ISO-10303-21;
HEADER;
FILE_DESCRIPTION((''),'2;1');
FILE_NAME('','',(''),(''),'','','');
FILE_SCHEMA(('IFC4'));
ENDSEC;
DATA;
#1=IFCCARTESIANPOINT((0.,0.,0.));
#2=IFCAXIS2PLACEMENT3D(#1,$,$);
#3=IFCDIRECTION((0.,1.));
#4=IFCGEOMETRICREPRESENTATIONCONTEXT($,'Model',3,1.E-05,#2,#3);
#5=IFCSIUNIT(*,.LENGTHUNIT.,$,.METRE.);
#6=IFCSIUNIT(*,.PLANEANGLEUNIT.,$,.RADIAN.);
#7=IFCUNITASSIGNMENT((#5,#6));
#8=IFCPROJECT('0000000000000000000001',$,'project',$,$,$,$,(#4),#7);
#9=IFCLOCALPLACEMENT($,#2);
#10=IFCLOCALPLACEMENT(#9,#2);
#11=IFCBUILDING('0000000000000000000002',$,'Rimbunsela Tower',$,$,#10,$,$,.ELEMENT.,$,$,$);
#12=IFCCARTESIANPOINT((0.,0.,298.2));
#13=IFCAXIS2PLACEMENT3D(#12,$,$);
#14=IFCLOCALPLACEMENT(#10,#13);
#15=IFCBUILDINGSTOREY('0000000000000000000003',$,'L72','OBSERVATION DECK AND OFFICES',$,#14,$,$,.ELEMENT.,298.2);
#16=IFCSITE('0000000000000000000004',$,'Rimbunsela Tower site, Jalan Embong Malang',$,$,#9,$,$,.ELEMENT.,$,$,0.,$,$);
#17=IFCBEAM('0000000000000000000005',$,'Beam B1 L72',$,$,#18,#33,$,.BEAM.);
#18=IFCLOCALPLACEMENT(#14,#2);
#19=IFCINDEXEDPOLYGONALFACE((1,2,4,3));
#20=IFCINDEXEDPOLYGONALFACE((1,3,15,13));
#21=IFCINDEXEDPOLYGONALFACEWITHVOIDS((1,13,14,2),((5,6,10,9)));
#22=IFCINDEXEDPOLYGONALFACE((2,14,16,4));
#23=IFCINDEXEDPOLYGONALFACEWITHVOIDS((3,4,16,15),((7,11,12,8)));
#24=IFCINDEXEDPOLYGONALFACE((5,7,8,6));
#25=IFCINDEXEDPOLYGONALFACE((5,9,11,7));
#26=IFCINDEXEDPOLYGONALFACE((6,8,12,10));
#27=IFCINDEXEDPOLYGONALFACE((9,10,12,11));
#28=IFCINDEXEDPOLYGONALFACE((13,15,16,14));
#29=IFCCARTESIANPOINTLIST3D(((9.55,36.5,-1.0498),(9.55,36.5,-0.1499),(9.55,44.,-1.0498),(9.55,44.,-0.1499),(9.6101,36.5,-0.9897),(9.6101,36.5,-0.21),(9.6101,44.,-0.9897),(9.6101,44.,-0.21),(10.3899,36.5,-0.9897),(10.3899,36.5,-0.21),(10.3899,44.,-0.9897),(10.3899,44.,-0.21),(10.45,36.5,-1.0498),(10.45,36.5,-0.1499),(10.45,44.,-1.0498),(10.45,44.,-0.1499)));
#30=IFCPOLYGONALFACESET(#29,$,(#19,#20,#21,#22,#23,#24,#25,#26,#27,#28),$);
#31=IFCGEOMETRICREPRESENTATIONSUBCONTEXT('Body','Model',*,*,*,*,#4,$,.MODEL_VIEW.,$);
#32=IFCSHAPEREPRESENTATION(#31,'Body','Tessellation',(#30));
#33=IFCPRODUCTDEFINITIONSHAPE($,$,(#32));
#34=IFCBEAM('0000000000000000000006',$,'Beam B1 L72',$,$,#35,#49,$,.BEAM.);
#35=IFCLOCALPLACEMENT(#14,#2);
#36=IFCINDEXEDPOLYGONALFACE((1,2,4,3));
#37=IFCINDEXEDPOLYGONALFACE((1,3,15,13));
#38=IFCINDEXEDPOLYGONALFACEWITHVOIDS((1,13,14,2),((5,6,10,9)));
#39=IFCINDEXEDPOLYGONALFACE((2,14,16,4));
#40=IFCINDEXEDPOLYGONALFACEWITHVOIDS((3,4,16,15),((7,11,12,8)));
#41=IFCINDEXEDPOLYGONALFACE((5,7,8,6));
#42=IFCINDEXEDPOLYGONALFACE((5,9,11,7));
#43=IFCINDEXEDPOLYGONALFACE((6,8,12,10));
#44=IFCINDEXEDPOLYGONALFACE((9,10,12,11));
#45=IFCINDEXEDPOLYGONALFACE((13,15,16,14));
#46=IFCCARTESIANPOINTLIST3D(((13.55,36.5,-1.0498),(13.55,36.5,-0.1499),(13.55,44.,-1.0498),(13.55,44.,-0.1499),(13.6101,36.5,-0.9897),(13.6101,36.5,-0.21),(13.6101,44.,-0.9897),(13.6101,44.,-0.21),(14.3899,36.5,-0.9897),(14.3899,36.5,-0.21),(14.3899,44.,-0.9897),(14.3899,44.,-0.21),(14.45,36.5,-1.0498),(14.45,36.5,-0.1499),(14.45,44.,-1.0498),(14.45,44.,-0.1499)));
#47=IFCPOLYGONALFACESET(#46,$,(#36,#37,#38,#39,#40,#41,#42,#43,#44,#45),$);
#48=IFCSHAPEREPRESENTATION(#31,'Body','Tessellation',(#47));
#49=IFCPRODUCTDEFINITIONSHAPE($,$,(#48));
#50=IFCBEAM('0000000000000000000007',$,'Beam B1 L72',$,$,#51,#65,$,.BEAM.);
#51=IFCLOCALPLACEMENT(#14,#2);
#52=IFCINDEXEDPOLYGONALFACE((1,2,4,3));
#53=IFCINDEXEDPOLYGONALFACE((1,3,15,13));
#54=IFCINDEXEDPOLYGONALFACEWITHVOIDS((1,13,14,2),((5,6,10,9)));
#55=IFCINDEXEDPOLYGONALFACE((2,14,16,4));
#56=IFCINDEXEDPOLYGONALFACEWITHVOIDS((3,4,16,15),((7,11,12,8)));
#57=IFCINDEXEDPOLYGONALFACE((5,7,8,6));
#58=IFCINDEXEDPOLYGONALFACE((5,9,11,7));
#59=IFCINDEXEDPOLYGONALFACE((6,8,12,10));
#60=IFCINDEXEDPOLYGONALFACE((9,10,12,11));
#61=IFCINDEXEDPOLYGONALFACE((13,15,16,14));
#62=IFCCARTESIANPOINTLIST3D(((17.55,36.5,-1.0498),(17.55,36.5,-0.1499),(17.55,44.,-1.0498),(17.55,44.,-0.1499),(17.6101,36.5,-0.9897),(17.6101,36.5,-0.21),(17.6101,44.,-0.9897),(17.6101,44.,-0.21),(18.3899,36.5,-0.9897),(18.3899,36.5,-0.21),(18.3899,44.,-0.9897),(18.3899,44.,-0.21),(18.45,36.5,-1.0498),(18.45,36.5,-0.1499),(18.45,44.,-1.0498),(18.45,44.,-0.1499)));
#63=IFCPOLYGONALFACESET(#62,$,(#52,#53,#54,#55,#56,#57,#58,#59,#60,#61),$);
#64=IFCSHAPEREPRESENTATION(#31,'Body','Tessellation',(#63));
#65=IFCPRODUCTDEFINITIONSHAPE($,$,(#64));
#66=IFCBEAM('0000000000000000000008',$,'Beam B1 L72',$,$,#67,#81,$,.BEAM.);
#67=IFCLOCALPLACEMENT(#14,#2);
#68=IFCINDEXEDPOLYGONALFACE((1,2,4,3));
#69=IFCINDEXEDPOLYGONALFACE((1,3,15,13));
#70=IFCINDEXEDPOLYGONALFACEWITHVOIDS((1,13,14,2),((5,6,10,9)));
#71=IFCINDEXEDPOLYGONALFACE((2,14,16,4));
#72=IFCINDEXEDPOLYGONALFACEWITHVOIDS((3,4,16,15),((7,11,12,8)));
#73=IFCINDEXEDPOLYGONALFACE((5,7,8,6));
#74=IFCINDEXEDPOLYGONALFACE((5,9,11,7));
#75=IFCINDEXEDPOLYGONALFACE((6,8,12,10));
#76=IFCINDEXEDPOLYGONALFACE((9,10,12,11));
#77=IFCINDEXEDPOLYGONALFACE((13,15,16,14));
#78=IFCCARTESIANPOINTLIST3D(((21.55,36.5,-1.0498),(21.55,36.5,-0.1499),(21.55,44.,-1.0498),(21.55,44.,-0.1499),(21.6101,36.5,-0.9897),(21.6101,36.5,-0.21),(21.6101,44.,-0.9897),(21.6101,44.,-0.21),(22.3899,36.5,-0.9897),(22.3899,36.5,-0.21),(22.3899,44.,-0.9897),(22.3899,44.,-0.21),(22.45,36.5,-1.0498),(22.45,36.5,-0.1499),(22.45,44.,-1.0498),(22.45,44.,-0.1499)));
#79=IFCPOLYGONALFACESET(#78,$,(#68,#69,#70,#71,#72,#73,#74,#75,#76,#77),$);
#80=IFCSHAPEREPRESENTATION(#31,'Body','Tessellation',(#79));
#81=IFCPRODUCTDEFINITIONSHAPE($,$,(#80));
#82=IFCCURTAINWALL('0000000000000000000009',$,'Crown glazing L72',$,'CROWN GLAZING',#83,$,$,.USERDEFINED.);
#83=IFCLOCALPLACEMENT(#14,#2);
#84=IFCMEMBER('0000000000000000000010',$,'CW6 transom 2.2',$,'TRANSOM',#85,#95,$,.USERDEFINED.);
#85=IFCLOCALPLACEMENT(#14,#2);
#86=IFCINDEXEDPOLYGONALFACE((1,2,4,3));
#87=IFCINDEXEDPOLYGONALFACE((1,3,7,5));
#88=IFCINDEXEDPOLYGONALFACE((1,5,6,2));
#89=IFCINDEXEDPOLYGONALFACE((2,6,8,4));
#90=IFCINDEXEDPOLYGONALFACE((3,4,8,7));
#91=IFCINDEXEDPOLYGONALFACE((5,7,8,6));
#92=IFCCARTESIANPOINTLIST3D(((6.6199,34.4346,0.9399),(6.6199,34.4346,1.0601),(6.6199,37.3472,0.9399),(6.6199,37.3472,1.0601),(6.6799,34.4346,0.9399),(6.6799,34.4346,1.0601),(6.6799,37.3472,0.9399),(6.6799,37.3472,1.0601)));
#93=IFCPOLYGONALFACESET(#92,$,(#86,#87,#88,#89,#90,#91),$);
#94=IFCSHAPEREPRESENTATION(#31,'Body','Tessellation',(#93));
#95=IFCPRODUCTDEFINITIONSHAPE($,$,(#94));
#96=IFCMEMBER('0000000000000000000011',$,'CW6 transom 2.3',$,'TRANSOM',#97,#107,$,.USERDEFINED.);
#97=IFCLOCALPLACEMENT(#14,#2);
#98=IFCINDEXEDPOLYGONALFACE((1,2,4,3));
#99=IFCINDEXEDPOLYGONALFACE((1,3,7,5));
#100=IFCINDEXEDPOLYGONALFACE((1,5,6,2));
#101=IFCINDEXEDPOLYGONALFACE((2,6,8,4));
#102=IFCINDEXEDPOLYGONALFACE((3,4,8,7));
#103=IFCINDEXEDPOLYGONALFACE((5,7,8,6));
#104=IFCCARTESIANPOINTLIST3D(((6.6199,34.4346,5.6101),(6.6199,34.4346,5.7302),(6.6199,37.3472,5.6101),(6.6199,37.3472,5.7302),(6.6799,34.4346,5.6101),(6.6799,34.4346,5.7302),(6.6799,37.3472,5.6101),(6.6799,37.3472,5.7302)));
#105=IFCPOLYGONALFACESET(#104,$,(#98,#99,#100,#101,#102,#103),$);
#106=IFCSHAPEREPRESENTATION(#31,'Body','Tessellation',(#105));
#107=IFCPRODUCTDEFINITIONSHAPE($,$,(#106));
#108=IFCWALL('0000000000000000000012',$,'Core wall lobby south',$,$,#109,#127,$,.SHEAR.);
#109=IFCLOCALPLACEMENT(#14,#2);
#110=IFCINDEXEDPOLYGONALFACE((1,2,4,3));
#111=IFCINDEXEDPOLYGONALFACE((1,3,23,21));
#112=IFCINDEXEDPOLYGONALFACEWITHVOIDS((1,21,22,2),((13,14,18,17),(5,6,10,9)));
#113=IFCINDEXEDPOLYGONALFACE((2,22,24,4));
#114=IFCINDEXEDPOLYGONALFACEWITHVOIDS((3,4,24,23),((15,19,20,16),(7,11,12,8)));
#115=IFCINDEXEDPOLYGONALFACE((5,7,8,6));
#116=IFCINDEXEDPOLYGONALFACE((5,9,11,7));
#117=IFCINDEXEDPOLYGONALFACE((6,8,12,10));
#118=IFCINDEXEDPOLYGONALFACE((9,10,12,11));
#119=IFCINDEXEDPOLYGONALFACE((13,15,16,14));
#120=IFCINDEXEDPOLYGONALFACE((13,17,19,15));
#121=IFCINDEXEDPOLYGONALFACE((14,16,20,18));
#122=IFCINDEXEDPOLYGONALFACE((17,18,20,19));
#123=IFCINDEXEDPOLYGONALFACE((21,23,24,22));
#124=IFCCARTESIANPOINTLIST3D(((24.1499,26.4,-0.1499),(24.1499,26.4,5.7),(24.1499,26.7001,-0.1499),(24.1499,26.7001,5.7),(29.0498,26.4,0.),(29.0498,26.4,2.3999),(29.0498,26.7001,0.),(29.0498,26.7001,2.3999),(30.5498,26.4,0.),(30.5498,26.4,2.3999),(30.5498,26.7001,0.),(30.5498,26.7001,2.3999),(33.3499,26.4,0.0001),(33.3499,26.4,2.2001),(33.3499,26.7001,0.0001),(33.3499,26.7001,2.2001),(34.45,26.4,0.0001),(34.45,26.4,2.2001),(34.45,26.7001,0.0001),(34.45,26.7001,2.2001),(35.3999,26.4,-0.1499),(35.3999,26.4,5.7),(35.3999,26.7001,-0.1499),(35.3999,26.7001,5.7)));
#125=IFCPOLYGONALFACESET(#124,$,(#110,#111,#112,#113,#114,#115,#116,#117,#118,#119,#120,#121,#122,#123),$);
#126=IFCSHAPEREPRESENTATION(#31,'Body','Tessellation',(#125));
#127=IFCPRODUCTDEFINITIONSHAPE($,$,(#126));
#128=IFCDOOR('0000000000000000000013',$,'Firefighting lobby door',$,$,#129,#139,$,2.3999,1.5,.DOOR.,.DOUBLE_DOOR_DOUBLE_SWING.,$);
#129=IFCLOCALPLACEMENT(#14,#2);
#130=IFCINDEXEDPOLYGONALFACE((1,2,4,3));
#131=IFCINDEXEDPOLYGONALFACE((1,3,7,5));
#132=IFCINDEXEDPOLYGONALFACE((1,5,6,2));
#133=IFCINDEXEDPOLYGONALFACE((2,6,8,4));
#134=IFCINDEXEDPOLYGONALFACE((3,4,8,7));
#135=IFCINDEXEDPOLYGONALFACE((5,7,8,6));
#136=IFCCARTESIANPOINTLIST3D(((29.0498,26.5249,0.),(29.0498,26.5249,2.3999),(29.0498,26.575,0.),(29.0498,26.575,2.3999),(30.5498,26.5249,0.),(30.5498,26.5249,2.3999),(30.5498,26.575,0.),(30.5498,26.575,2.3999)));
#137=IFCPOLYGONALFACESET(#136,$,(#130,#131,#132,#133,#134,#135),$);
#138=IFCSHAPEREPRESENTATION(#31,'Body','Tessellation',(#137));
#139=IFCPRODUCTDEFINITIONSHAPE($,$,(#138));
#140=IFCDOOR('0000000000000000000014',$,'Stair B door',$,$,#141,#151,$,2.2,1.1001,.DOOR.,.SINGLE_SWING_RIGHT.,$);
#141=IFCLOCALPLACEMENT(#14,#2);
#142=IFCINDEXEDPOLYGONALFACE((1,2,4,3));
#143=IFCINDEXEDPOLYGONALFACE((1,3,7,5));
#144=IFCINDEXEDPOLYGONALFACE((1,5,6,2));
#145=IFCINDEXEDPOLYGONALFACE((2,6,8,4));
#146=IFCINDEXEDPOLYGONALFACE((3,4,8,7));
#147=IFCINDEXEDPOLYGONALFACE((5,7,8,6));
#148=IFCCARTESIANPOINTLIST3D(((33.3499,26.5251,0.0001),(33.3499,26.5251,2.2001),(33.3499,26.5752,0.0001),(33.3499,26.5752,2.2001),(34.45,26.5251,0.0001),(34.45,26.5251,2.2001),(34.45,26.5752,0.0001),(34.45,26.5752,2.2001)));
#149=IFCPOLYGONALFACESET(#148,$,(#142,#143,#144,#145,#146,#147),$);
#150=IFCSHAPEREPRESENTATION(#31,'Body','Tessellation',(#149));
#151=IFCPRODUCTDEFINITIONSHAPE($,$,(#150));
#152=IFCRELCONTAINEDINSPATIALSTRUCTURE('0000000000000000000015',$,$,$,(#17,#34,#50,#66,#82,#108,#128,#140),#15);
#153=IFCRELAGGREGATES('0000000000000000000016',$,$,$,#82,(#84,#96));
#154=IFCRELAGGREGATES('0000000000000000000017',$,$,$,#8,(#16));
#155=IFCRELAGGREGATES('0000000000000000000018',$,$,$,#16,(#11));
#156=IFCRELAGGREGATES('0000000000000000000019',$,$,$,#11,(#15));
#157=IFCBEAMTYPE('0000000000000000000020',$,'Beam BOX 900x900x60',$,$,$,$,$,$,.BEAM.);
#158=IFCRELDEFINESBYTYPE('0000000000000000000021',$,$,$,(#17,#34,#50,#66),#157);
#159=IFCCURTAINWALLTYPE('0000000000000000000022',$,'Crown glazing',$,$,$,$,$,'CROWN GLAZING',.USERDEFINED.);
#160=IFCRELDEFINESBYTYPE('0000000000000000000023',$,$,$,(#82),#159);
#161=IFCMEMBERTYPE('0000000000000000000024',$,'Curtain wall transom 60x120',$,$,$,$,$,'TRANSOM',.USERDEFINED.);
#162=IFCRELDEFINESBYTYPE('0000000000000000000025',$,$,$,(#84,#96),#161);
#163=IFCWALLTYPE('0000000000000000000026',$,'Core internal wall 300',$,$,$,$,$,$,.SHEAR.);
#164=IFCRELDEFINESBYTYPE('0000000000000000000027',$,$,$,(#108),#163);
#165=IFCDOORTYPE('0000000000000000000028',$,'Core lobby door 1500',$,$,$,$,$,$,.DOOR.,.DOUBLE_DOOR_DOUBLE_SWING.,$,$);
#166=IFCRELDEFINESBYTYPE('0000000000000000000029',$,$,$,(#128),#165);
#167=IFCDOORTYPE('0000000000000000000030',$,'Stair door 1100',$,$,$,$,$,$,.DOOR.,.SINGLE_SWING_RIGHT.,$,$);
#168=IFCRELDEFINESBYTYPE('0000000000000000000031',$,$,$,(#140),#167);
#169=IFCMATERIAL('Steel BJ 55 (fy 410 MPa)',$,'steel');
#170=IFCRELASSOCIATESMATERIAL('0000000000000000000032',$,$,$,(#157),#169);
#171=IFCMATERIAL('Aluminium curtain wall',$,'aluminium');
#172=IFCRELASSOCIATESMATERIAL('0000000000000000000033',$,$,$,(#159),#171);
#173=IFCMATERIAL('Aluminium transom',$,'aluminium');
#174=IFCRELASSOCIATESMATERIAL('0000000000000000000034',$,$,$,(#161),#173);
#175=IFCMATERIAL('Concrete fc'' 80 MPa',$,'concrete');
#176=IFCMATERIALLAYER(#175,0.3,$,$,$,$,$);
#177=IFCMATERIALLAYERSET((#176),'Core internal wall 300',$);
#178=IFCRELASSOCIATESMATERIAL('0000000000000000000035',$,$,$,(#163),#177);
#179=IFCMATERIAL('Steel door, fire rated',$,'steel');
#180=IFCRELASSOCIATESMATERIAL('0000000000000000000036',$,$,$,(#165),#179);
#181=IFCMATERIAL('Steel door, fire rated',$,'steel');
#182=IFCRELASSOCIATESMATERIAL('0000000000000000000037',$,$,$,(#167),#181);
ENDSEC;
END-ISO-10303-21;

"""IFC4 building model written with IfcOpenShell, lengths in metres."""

from ifc_helpers import new_model, si_unit, direction, frame, frame_2d, origin, origin_2d, place, context, subcontext, project, spatial, rectangle, hollow_rectangle, extrude, material, layer, layer_set, material_profile, profile_set, type_object, element, fill, aggregate, save


model = new_model("IFC4")

# Units and contexts
model_context = context("Model", 3, precision=1e-05, world=origin(), true_north=direction((0.0, 1.0)))
body_context = subcontext(model_context, "Body", "Model", "MODEL_VIEW")
ifc_project = project(units=[si_unit("LENGTHUNIT", "METRE"), si_unit("PLANEANGLEUNIT", "RADIAN")], contexts=[model_context])

# Site, building, storey
site_placement = place(None, origin())
site = spatial("IfcSite", under=ifc_project, at=site_placement, Name="Rimbunsela Tower site, Jalan Embong Malang", CompositionType="ELEMENT", RefElevation=0.0)
building_placement = place(site_placement, origin())
building = spatial("IfcBuilding", under=site, at=building_placement, Name="Rimbunsela Tower", CompositionType="ELEMENT")
storey_placement = place(building_placement, frame((0.0, 0.0, 298.2)))
storey = spatial("IfcBuildingStorey", under=building, at=storey_placement, Name="L72", Description="OBSERVATION DECK AND OFFICES", CompositionType="ELEMENT", Elevation=298.2)

# Beams
ifc_material_1 = material(Name="Steel BJ 55 (fy 410 MPa)", Category="steel")
ifc_material_profile_1 = material_profile(ifc_material_1, hollow_rectangle(XDim=0.8999, YDim=0.8999, WallThickness=0.0601, at=origin_2d()), Name="BOX 900x900x60")
ifc_profile_set_1 = profile_set([ifc_material_profile_1], Name="Steel BJ 55 (fy 410 MPa)")
beam_type = type_object("IfcBeamType", Name="Beam BOX 900x900x60", PredefinedType="BEAM", material=ifc_profile_set_1)
for number, where, z_axis, x_axis, name in (
    (1, (10.0, 36.5, -0.5999), (0.0, 1.0, 0.0), (-1.0, 0.0, 0.0), "Beam B1 L72"),
    (2, (14.0, 36.5, -0.5999), (0.0, 1.0, 0.0), (-1.0, 0.0, 0.0), "Beam B1 L72"),
    (3, (18.0, 36.5, -0.5999), (0.0, 1.0, 0.0), (-1.0, 0.0, 0.0), "Beam B1 L72"),
    (4, (22.0, 36.5, -0.5999), (0.0, 1.0, 0.0), (-1.0, 0.0, 0.0), "Beam B1 L72"),
):
    element("IfcBeam", number, at=place(storey_placement, frame(where, z_axis=z_axis, x_axis=x_axis)), inside=storey, type_object=beam_type, Name=name, PredefinedType="BEAM", context=body_context, shape_type="SweptSolid", body=[
        extrude(hollow_rectangle(XDim=0.8999, YDim=0.8999, WallThickness=0.0601, at=origin_2d()), origin(), (0.0, 0.0, 1.0), 7.5),
    ])

# Curtain wall, members
ifc_material_2 = material(Name="Aluminium curtain wall", Category="aluminium")
curtain_wall_type = type_object("IfcCurtainWallType", Name="Crown glazing", ElementType="CROWN GLAZING", PredefinedType="USERDEFINED", material=ifc_material_2)
curtain_wall_placement = place(storey_placement, origin())
curtain_wall = element("IfcCurtainWall", 5, at=curtain_wall_placement, inside=storey, type_object=curtain_wall_type, Name="Crown glazing L72", ObjectType="CROWN GLAZING", PredefinedType="USERDEFINED")
ifc_material_3 = material(Name="Aluminium transom", Category="aluminium")
ifc_material_profile_2 = material_profile(ifc_material_3, rectangle(XDim=0.0601, YDim=0.1201, at=origin_2d()), Name="Transom 60x120")
ifc_profile_set_2 = profile_set([ifc_material_profile_2], Name="Aluminium transom")
member_type = type_object("IfcMemberType", Name="Curtain wall transom 60x120", ElementType="TRANSOM", PredefinedType="USERDEFINED", material=ifc_profile_set_2)
member_1_placement = place(storey_placement, frame((6.6499, 37.3472, 1.0), z_axis=(0.0, -1.0, 0.0), x_axis=(1.0, 0.0, 0.0)))
member_1 = element("IfcMember", 6, at=member_1_placement, type_object=member_type, Name="CW6 transom 2.2", ObjectType="TRANSOM", PredefinedType="USERDEFINED", context=body_context, shape_type="SweptSolid", body=[
    extrude(rectangle(XDim=0.0601, YDim=0.1201, at=origin_2d()), origin(), (0.0, 0.0, 1.0), 2.9126),
])
member_2_placement = place(storey_placement, frame((6.6499, 37.3472, 5.6702), z_axis=(0.0, -1.0, 0.0), x_axis=(1.0, 0.0, 0.0)))
member_2 = element("IfcMember", 7, at=member_2_placement, type_object=member_type, Name="CW6 transom 2.3", ObjectType="TRANSOM", PredefinedType="USERDEFINED", context=body_context, shape_type="SweptSolid", body=[
    extrude(rectangle(XDim=0.0601, YDim=0.1201, at=origin_2d()), origin(), (0.0, 0.0, 1.0), 2.9126),
])
aggregate(curtain_wall, [member_1, member_2])

# Wall, openings, doors
ifc_material_4 = material(Name="Concrete fc' 80 MPa", Category="concrete")
ifc_layer_1 = layer(ifc_material_4, 0.3)
ifc_layer_set_1 = layer_set([ifc_layer_1], Name="Core internal wall 300")
wall_type_1 = type_object("IfcWallType", Name="Core internal wall 300", PredefinedType="SHEAR", material=ifc_layer_set_1)
wall_1_placement = place(storey_placement, frame((24.1499, 26.55, -0.1499), z_axis=(0.0, 0.0, 1.0), x_axis=(1.0, 0.0, 0.0)))
wall_1 = element("IfcWall", 8, at=wall_1_placement, inside=storey, type_object=wall_type_1, Name="Core wall lobby south", PredefinedType="SHEAR", context=body_context, shape_type="SweptSolid", body=[
    extrude(rectangle(XDim=11.25, YDim=0.3, at=frame_2d((5.625, 0.0))), origin(), (0.0, 0.0, 1.0), 5.8499),
])
opening_1_placement = place(wall_1_placement, frame((9.2, 0.0, 0.1499)))
opening_1 = element("IfcOpeningElement", 9, at=opening_1_placement, cuts=wall_1, PredefinedType="OPENING", context=body_context, shape_type="SweptSolid", body=[
    extrude(rectangle(XDim=1.1001, YDim=2.2, at=frame_2d((0.55, 1.1001))), frame((0.0, 0.1599, 0.0), z_axis=(0.0, -1.0, 0.0), x_axis=(1.0, 0.0, 0.0)), (0.0, 0.0, 1.0), 0.3201),
])
opening_2_placement = place(wall_1_placement, frame((4.8999, 0.0, 0.1499)))
opening_2 = element("IfcOpeningElement", 10, at=opening_2_placement, cuts=wall_1, PredefinedType="OPENING", context=body_context, shape_type="SweptSolid", body=[
    extrude(rectangle(XDim=1.5, YDim=2.3999, at=frame_2d((0.75, 1.2))), frame((0.0, 0.1599, 0.0), z_axis=(0.0, -1.0, 0.0), x_axis=(1.0, 0.0, 0.0)), (0.0, 0.0, 1.0), 0.3201),
])
ifc_material_5 = material(Name="Steel door, fire rated", Category="steel")
door_type_1 = type_object("IfcDoorType", Name="Core lobby door 1500", OperationType="DOUBLE_DOOR_DOUBLE_SWING", PredefinedType="DOOR", material=ifc_material_5)
door_1_placement = place(opening_2_placement, origin())
door_1 = element("IfcDoor", 11, at=door_1_placement, inside=storey, type_object=door_type_1, Name="Firefighting lobby door", OperationType="DOUBLE_DOOR_DOUBLE_SWING", OverallHeight=2.3999, OverallWidth=1.5, PredefinedType="DOOR", context=body_context, shape_type="SweptSolid", body=[
    extrude(rectangle(XDim=1.5, YDim=2.3999, at=frame_2d((0.75, 1.2))), frame((0.0, 0.0249, 0.0), z_axis=(0.0, -1.0, 0.0), x_axis=(1.0, 0.0, 0.0)), (0.0, 0.0, 1.0), 0.05),
])
fill(opening_2, door_1)
ifc_material_6 = material(Name="Steel door, fire rated", Category="steel")
door_type_2 = type_object("IfcDoorType", Name="Stair door 1100", OperationType="SINGLE_SWING_RIGHT", PredefinedType="DOOR", material=ifc_material_6)
door_2_placement = place(opening_1_placement, frame((1.1001, 0.0, 0.0), z_axis=(0.0, 0.0, 1.0), x_axis=(-1.0, 0.0, 0.0)))
door_2 = element("IfcDoor", 12, at=door_2_placement, inside=storey, type_object=door_type_2, Name="Stair B door", OperationType="SINGLE_SWING_RIGHT", OverallHeight=2.2, OverallWidth=1.1001, PredefinedType="DOOR", context=body_context, shape_type="SweptSolid", body=[
    extrude(rectangle(XDim=1.1001, YDim=2.2, at=frame_2d((0.55, 1.1001))), frame((0.0, 0.0249, 0.0), z_axis=(0.0, -1.0, 0.0), x_axis=(1.0, 0.0, 0.0)), (0.0, 0.0, 1.0), 0.05),
])
fill(opening_1, door_2)

save(model, "model.ifc")
